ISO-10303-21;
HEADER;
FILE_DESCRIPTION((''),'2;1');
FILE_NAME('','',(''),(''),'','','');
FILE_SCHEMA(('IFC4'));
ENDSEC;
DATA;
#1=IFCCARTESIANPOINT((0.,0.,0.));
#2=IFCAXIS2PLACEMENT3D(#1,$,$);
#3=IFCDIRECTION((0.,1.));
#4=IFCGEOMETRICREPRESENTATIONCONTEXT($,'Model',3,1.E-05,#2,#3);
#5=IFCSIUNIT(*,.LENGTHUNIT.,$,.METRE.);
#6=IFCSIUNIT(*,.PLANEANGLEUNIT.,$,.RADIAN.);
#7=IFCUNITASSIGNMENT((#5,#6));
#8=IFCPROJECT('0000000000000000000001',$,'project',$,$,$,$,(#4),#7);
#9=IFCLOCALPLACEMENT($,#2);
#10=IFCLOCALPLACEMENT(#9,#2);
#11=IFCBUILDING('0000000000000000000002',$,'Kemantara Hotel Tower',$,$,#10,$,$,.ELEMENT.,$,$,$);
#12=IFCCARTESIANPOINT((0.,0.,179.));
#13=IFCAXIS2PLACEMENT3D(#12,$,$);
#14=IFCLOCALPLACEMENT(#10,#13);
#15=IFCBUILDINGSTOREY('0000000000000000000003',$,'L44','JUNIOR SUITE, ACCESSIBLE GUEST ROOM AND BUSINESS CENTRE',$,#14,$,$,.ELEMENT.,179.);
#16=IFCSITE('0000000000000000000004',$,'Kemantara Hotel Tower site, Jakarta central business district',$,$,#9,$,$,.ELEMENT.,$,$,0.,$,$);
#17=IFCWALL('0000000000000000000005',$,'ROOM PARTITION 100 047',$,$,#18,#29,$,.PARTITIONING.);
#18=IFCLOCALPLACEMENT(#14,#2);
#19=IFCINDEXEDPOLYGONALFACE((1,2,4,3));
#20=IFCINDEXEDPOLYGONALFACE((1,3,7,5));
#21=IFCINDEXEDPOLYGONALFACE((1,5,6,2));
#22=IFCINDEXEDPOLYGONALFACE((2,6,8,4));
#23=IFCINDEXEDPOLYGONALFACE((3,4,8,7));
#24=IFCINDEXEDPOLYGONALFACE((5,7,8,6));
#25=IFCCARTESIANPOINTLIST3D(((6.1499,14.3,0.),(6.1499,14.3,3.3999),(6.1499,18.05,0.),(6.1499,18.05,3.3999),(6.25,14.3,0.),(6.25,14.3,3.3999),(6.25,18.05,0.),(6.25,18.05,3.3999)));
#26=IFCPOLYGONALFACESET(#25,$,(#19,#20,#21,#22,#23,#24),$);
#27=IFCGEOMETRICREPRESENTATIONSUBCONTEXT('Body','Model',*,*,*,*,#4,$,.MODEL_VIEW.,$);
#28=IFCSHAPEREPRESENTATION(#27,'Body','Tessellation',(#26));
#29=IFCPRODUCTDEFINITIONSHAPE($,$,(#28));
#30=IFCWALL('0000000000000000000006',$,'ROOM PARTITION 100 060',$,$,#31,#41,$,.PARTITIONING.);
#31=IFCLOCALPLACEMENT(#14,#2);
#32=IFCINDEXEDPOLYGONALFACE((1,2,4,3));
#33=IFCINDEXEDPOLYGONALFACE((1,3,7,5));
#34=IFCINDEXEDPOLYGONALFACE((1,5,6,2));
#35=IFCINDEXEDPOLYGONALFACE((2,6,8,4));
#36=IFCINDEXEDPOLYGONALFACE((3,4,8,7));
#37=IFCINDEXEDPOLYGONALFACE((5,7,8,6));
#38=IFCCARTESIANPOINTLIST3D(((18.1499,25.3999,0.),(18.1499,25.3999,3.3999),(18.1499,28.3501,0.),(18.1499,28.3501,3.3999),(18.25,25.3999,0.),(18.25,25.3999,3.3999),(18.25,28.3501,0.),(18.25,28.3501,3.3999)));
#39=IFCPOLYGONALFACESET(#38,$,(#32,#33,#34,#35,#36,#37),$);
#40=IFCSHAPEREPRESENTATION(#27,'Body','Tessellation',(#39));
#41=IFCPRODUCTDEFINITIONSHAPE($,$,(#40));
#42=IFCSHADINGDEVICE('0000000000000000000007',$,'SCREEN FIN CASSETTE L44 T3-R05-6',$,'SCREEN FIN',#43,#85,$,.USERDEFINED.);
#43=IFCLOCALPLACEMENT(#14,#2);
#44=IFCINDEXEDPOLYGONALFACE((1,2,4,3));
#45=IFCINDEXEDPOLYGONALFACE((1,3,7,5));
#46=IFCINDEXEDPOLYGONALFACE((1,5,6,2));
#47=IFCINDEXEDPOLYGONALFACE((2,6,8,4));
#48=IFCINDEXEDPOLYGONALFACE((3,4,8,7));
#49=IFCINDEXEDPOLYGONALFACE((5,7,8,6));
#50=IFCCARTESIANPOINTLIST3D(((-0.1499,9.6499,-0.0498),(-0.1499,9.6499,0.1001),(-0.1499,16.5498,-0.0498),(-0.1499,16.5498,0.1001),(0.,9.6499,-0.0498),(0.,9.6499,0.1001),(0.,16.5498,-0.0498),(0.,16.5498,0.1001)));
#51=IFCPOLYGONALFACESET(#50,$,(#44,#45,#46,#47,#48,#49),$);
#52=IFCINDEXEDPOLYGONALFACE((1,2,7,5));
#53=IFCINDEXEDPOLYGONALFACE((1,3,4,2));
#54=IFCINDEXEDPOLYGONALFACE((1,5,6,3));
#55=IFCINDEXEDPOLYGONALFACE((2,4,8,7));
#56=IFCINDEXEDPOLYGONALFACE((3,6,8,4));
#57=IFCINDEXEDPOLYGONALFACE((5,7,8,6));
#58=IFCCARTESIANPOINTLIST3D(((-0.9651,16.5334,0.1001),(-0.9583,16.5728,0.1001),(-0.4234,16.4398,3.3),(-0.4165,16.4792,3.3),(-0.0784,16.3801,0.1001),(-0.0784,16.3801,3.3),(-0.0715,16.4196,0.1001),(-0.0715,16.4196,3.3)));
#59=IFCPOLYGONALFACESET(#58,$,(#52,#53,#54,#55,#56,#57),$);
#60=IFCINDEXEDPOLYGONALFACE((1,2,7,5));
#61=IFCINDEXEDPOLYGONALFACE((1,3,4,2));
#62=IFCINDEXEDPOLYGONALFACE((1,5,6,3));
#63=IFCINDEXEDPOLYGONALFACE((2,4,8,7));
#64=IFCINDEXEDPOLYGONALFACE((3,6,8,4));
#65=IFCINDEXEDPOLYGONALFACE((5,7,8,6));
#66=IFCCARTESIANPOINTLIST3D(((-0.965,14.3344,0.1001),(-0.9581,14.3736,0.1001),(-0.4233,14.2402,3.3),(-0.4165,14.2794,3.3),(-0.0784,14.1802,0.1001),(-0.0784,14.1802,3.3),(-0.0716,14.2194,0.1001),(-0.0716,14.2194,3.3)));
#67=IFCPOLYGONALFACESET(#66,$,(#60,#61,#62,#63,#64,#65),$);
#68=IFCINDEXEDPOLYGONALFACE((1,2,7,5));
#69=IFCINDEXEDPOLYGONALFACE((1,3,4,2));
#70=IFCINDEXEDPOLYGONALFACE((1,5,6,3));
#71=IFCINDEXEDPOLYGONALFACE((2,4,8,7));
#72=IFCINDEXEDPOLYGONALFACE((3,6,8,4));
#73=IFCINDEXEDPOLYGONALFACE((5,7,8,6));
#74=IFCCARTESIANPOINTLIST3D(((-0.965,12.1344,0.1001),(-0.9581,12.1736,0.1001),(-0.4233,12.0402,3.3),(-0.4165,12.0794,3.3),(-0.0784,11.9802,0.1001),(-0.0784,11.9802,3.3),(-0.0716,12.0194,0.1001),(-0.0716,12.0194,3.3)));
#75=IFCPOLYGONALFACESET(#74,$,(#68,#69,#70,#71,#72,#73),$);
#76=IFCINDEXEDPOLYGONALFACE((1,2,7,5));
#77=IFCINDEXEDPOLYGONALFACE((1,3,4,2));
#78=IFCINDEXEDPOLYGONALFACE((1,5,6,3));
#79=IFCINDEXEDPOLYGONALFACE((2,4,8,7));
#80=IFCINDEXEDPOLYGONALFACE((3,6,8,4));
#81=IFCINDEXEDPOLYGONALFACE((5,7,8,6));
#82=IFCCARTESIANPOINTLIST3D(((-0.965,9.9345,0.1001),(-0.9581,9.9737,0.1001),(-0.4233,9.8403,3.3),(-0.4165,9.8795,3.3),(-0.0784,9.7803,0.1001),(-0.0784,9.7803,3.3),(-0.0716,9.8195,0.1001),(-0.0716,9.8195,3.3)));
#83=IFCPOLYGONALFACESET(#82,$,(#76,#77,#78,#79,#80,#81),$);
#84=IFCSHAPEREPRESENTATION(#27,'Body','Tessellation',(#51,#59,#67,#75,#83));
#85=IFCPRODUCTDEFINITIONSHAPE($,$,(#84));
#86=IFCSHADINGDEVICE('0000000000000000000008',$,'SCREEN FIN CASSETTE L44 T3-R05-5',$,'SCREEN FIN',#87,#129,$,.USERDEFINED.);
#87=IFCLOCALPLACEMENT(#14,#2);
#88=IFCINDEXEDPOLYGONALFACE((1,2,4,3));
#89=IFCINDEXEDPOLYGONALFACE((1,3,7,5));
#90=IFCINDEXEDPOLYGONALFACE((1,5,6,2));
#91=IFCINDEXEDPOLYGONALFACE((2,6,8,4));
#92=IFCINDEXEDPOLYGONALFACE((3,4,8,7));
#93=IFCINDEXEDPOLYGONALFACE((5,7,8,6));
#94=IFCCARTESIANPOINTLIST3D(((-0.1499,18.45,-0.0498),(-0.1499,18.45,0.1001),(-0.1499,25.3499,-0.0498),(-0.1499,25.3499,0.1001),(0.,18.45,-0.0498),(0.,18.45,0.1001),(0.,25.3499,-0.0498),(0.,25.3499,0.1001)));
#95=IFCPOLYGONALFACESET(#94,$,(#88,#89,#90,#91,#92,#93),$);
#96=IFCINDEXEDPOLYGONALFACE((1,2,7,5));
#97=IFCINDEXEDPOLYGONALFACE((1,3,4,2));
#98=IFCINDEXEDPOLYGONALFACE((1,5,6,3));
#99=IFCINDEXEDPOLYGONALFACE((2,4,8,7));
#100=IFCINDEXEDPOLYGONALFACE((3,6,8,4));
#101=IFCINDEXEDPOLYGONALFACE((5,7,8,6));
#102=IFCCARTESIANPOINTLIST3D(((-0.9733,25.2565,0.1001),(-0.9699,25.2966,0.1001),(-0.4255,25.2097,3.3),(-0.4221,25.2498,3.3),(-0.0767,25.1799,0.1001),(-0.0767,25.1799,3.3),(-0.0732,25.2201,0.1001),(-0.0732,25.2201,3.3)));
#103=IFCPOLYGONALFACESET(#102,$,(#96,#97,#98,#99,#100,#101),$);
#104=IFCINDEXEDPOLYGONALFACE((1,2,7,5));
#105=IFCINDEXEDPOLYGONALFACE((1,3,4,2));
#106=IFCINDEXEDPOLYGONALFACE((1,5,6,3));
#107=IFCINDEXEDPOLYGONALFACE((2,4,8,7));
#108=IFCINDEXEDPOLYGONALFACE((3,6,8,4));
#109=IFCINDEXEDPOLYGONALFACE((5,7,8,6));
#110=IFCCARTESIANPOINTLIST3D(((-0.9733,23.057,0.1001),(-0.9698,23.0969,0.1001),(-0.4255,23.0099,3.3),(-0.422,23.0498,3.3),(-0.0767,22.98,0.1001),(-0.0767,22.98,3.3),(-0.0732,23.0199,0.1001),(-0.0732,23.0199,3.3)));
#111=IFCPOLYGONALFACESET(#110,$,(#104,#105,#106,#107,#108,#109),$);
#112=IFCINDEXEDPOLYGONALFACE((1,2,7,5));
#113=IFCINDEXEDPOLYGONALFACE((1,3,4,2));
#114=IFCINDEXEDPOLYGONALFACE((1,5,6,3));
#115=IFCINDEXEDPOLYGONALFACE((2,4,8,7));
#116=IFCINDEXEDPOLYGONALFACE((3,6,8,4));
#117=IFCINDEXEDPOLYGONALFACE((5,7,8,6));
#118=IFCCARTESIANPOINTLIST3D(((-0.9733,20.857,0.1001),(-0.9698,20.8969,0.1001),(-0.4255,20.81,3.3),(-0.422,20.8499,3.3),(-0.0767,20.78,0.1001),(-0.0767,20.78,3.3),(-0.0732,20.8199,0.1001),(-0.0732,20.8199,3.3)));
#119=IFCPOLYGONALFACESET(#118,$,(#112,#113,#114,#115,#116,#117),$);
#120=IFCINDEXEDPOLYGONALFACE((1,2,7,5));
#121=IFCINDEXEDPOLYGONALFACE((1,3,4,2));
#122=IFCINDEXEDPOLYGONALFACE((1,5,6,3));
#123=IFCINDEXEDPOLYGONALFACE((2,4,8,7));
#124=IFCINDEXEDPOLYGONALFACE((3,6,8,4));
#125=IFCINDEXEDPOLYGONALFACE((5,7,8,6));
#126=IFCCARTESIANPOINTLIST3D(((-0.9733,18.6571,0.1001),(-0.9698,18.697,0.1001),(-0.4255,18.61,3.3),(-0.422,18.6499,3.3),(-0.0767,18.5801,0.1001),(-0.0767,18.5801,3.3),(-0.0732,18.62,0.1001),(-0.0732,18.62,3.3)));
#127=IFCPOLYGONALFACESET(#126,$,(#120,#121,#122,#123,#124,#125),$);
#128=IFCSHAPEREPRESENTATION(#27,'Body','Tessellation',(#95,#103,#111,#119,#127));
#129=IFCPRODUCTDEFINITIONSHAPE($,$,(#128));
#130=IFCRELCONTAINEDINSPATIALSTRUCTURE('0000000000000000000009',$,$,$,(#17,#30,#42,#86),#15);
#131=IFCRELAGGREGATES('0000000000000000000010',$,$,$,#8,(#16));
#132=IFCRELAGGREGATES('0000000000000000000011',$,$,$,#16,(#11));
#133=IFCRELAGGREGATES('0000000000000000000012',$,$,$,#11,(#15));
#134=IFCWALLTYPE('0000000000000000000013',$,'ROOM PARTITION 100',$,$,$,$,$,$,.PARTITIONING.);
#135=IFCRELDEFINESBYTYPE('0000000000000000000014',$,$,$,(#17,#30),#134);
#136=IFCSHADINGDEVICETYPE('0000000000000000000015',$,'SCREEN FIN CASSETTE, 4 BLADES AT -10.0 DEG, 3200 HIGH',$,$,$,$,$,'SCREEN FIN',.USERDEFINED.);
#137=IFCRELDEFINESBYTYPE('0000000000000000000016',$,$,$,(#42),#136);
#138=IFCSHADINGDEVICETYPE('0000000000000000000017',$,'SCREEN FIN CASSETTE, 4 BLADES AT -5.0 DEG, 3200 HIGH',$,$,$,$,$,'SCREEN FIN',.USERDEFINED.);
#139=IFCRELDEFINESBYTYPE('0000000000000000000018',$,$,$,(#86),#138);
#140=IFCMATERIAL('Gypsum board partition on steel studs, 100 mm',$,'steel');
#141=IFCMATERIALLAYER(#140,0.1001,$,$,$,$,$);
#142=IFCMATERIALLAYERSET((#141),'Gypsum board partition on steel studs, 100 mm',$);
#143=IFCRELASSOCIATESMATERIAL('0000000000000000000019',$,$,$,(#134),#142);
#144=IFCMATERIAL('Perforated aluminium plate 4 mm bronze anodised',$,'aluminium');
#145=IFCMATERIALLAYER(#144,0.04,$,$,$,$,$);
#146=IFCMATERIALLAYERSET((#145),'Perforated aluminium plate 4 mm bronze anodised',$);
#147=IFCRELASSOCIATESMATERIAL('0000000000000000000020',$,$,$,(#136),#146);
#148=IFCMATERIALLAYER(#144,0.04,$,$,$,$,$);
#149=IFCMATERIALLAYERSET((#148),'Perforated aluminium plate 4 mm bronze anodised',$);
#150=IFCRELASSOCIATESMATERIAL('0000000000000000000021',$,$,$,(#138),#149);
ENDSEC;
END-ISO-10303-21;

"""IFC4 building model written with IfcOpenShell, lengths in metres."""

from ifc_helpers import new_model, si_unit, direction, frame, frame_2d, origin, origin_2d, place, context, subcontext, project, spatial, polyline, rectangle, outline, extrude, source, transform, mapped, material, layer, layer_set, type_object, element, save


model = new_model("IFC4")

# Units and contexts
model_context = context("Model", 3, precision=1e-05, world=origin(), true_north=direction((0.0, 1.0)))
body_context = subcontext(model_context, "Body", "Model", "MODEL_VIEW")
ifc_project = project(units=[si_unit("LENGTHUNIT", "METRE"), si_unit("PLANEANGLEUNIT", "RADIAN")], contexts=[model_context])

# Site, building, storey
site_placement = place(None, origin())
site = spatial("IfcSite", under=ifc_project, at=site_placement, Name="Kemantara Hotel Tower site, Jakarta central business district", CompositionType="ELEMENT", RefElevation=0.0)
building_placement = place(site_placement, origin())
building = spatial("IfcBuilding", under=site, at=building_placement, Name="Kemantara Hotel Tower", CompositionType="ELEMENT")
storey_placement = place(building_placement, frame((0.0, 0.0, 179.0)))
storey = spatial("IfcBuildingStorey", under=building, at=storey_placement, Name="L44", Description="JUNIOR SUITE, ACCESSIBLE GUEST ROOM AND BUSINESS CENTRE", CompositionType="ELEMENT", Elevation=179.0)

# Shared definitions
ifc_material_1 = material(Name="Gypsum board partition on steel studs, 100 mm", Category="steel")
ifc_layer_1 = layer(ifc_material_1, 0.1001)
ifc_layer_set_1 = layer_set([ifc_layer_1], Name="Gypsum board partition on steel studs, 100 mm")
wall_type_1 = type_object("IfcWallType", Name="ROOM PARTITION 100", PredefinedType="PARTITIONING", material=ifc_layer_set_1)

# Walls
wall_1_placement = place(storey_placement, frame((6.2, 14.3, 0.0), z_axis=(0.0, 0.0, 1.0), x_axis=(0.0, 1.0, 0.0)))
element("IfcWall", 1, at=wall_1_placement, inside=storey, type_object=wall_type_1, Name="ROOM PARTITION 100 047", PredefinedType="PARTITIONING", context=body_context, shape_type="SweptSolid", body=[
    extrude(rectangle(XDim=3.75, YDim=0.1001, at=frame_2d((1.875, 0.0))), origin(), (0.0, 0.0, 1.0), 3.3999),
])
wall_2_placement = place(storey_placement, frame((18.2, 25.3999, 0.0), z_axis=(0.0, 0.0, 1.0), x_axis=(0.0, 1.0, 0.0)))
element("IfcWall", 2, at=wall_2_placement, inside=storey, type_object=wall_type_1, Name="ROOM PARTITION 100 060", PredefinedType="PARTITIONING", context=body_context, shape_type="SweptSolid", body=[
    extrude(rectangle(XDim=2.9502, YDim=0.1001, at=frame_2d((1.4751, 0.0))), origin(), (0.0, 0.0, 1.0), 3.3999),
])

# Shading devices
ifc_material_2 = material(Name="Perforated aluminium plate 4 mm bronze anodised", Category="aluminium")
ifc_layer_2 = layer(ifc_material_2, 0.04)
ifc_layer_set_2 = layer_set([ifc_layer_2], Name="Perforated aluminium plate 4 mm bronze anodised")
shading_device_type_1 = type_object("IfcShadingDeviceType", Name="SCREEN FIN CASSETTE, 4 BLADES AT -10.0 DEG, 3200 HIGH", ElementType="SCREEN FIN", PredefinedType="USERDEFINED", material=ifc_layer_set_2)
shared_shape_1 = source(origin(), body_context, "Body", "SweptSolid", [
    extrude(rectangle(XDim=6.8999, YDim=0.1499, at=origin_2d()), frame((3.3, -0.075, -0.1499), z_axis=(0.0, 0.0, 1.0), x_axis=(1.0, 0.0, 0.0)), (0.0, 0.0, 1.0), 0.1499),
    extrude(outline(polyline([(0.0, 0.0), (0.8999, 0.0), (0.3501, 3.2), (0.0, 3.2), (0.0, 0.0)])), frame((0.0198, -0.0784, 0.0), z_axis=(-0.98539, 0.170314, 0.0), x_axis=(-0.170314, -0.98539, 0.0)), (0.0, 0.0, 1.0), 0.04),
    extrude(outline(polyline([(0.0, 0.0), (0.8999, 0.0), (0.3501, 3.2), (0.0, 3.2), (0.0, 0.0)])), frame((2.2197, -0.0784, 0.0), z_axis=(-0.985212, 0.171341, 0.0), x_axis=(-0.171341, -0.985212, 0.0)), (0.0, 0.0, 1.0), 0.0398),
    extrude(outline(polyline([(0.0, 0.0), (0.8999, 0.0), (0.3501, 3.2), (0.0, 3.2), (0.0, 0.0)])), frame((4.4197, -0.0784, 0.0), z_axis=(-0.985212, 0.171341, 0.0), x_axis=(-0.171341, -0.985212, 0.0)), (0.0, 0.0, 1.0), 0.0398),
    extrude(outline(polyline([(0.0, 0.0), (0.8999, 0.0), (0.3501, 3.2), (0.0, 3.2), (0.0, 0.0)])), frame((6.6196, -0.0784, 0.0), z_axis=(-0.985212, 0.171341, 0.0), x_axis=(-0.171341, -0.985212, 0.0)), (0.0, 0.0, 1.0), 0.0398),
])
shading_device_1_placement = place(storey_placement, frame((0.0, 16.3999, 0.1001), z_axis=(0.0, 0.0, 1.0), x_axis=(0.0, -1.0, 0.0)))
element("IfcShadingDevice", 3, at=shading_device_1_placement, inside=storey, type_object=shading_device_type_1, Name="SCREEN FIN CASSETTE L44 T3-R05-6", ObjectType="SCREEN FIN", PredefinedType="USERDEFINED", context=body_context, shape_type="MappedRepresentation", body=[
    mapped(shared_shape_1, transform((0.0, 0.0, 0.0))),
])
ifc_layer_3 = layer(ifc_material_2, 0.04)
ifc_layer_set_3 = layer_set([ifc_layer_3], Name="Perforated aluminium plate 4 mm bronze anodised")
shading_device_type_2 = type_object("IfcShadingDeviceType", Name="SCREEN FIN CASSETTE, 4 BLADES AT -5.0 DEG, 3200 HIGH", ElementType="SCREEN FIN", PredefinedType="USERDEFINED", material=ifc_layer_set_3)
shared_shape_2 = source(origin(), body_context, "Body", "SweptSolid", [
    extrude(rectangle(XDim=6.8999, YDim=0.1499, at=origin_2d()), frame((3.3, -0.075, -0.1499), z_axis=(0.0, 0.0, 1.0), x_axis=(1.0, 0.0, 0.0)), (0.0, 0.0, 1.0), 0.1499),
    extrude(outline(polyline([(0.0, 0.0), (0.8999, 0.0), (0.3501, 3.2), (0.0, 3.2), (0.0, 0.0)])), frame((0.02, -0.0767, 0.0), z_axis=(-0.996376, 0.085056, 0.0), x_axis=(-0.085056, -0.996376, 0.0)), (0.0, 0.0, 1.0), 0.0403),
    extrude(outline(polyline([(0.0, 0.0), (0.8999, 0.0), (0.3501, 3.2), (0.0, 3.2), (0.0, 0.0)])), frame((2.22, -0.0767, 0.0), z_axis=(-0.996332, 0.085575, 0.0), x_axis=(-0.085575, -0.996332, 0.0)), (0.0, 0.0, 1.0), 0.04),
    extrude(outline(polyline([(0.0, 0.0), (0.8999, 0.0), (0.3501, 3.2), (0.0, 3.2), (0.0, 0.0)])), frame((4.4199, -0.0767, 0.0), z_axis=(-0.996332, 0.085575, 0.0), x_axis=(-0.085575, -0.996332, 0.0)), (0.0, 0.0, 1.0), 0.04),
    extrude(outline(polyline([(0.0, 0.0), (0.8999, 0.0), (0.3501, 3.2), (0.0, 3.2), (0.0, 0.0)])), frame((6.6199, -0.0767, 0.0), z_axis=(-0.996332, 0.085575, 0.0), x_axis=(-0.085575, -0.996332, 0.0)), (0.0, 0.0, 1.0), 0.04),
])
shading_device_2_placement = place(storey_placement, frame((0.0, 25.2, 0.1001), z_axis=(0.0, 0.0, 1.0), x_axis=(0.0, -1.0, 0.0)))
element("IfcShadingDevice", 4, at=shading_device_2_placement, inside=storey, type_object=shading_device_type_2, Name="SCREEN FIN CASSETTE L44 T3-R05-5", ObjectType="SCREEN FIN", PredefinedType="USERDEFINED", context=body_context, shape_type="MappedRepresentation", body=[
    mapped(shared_shape_2, transform((0.0, 0.0, 0.0))),
])

save(model, "model.ifc")
